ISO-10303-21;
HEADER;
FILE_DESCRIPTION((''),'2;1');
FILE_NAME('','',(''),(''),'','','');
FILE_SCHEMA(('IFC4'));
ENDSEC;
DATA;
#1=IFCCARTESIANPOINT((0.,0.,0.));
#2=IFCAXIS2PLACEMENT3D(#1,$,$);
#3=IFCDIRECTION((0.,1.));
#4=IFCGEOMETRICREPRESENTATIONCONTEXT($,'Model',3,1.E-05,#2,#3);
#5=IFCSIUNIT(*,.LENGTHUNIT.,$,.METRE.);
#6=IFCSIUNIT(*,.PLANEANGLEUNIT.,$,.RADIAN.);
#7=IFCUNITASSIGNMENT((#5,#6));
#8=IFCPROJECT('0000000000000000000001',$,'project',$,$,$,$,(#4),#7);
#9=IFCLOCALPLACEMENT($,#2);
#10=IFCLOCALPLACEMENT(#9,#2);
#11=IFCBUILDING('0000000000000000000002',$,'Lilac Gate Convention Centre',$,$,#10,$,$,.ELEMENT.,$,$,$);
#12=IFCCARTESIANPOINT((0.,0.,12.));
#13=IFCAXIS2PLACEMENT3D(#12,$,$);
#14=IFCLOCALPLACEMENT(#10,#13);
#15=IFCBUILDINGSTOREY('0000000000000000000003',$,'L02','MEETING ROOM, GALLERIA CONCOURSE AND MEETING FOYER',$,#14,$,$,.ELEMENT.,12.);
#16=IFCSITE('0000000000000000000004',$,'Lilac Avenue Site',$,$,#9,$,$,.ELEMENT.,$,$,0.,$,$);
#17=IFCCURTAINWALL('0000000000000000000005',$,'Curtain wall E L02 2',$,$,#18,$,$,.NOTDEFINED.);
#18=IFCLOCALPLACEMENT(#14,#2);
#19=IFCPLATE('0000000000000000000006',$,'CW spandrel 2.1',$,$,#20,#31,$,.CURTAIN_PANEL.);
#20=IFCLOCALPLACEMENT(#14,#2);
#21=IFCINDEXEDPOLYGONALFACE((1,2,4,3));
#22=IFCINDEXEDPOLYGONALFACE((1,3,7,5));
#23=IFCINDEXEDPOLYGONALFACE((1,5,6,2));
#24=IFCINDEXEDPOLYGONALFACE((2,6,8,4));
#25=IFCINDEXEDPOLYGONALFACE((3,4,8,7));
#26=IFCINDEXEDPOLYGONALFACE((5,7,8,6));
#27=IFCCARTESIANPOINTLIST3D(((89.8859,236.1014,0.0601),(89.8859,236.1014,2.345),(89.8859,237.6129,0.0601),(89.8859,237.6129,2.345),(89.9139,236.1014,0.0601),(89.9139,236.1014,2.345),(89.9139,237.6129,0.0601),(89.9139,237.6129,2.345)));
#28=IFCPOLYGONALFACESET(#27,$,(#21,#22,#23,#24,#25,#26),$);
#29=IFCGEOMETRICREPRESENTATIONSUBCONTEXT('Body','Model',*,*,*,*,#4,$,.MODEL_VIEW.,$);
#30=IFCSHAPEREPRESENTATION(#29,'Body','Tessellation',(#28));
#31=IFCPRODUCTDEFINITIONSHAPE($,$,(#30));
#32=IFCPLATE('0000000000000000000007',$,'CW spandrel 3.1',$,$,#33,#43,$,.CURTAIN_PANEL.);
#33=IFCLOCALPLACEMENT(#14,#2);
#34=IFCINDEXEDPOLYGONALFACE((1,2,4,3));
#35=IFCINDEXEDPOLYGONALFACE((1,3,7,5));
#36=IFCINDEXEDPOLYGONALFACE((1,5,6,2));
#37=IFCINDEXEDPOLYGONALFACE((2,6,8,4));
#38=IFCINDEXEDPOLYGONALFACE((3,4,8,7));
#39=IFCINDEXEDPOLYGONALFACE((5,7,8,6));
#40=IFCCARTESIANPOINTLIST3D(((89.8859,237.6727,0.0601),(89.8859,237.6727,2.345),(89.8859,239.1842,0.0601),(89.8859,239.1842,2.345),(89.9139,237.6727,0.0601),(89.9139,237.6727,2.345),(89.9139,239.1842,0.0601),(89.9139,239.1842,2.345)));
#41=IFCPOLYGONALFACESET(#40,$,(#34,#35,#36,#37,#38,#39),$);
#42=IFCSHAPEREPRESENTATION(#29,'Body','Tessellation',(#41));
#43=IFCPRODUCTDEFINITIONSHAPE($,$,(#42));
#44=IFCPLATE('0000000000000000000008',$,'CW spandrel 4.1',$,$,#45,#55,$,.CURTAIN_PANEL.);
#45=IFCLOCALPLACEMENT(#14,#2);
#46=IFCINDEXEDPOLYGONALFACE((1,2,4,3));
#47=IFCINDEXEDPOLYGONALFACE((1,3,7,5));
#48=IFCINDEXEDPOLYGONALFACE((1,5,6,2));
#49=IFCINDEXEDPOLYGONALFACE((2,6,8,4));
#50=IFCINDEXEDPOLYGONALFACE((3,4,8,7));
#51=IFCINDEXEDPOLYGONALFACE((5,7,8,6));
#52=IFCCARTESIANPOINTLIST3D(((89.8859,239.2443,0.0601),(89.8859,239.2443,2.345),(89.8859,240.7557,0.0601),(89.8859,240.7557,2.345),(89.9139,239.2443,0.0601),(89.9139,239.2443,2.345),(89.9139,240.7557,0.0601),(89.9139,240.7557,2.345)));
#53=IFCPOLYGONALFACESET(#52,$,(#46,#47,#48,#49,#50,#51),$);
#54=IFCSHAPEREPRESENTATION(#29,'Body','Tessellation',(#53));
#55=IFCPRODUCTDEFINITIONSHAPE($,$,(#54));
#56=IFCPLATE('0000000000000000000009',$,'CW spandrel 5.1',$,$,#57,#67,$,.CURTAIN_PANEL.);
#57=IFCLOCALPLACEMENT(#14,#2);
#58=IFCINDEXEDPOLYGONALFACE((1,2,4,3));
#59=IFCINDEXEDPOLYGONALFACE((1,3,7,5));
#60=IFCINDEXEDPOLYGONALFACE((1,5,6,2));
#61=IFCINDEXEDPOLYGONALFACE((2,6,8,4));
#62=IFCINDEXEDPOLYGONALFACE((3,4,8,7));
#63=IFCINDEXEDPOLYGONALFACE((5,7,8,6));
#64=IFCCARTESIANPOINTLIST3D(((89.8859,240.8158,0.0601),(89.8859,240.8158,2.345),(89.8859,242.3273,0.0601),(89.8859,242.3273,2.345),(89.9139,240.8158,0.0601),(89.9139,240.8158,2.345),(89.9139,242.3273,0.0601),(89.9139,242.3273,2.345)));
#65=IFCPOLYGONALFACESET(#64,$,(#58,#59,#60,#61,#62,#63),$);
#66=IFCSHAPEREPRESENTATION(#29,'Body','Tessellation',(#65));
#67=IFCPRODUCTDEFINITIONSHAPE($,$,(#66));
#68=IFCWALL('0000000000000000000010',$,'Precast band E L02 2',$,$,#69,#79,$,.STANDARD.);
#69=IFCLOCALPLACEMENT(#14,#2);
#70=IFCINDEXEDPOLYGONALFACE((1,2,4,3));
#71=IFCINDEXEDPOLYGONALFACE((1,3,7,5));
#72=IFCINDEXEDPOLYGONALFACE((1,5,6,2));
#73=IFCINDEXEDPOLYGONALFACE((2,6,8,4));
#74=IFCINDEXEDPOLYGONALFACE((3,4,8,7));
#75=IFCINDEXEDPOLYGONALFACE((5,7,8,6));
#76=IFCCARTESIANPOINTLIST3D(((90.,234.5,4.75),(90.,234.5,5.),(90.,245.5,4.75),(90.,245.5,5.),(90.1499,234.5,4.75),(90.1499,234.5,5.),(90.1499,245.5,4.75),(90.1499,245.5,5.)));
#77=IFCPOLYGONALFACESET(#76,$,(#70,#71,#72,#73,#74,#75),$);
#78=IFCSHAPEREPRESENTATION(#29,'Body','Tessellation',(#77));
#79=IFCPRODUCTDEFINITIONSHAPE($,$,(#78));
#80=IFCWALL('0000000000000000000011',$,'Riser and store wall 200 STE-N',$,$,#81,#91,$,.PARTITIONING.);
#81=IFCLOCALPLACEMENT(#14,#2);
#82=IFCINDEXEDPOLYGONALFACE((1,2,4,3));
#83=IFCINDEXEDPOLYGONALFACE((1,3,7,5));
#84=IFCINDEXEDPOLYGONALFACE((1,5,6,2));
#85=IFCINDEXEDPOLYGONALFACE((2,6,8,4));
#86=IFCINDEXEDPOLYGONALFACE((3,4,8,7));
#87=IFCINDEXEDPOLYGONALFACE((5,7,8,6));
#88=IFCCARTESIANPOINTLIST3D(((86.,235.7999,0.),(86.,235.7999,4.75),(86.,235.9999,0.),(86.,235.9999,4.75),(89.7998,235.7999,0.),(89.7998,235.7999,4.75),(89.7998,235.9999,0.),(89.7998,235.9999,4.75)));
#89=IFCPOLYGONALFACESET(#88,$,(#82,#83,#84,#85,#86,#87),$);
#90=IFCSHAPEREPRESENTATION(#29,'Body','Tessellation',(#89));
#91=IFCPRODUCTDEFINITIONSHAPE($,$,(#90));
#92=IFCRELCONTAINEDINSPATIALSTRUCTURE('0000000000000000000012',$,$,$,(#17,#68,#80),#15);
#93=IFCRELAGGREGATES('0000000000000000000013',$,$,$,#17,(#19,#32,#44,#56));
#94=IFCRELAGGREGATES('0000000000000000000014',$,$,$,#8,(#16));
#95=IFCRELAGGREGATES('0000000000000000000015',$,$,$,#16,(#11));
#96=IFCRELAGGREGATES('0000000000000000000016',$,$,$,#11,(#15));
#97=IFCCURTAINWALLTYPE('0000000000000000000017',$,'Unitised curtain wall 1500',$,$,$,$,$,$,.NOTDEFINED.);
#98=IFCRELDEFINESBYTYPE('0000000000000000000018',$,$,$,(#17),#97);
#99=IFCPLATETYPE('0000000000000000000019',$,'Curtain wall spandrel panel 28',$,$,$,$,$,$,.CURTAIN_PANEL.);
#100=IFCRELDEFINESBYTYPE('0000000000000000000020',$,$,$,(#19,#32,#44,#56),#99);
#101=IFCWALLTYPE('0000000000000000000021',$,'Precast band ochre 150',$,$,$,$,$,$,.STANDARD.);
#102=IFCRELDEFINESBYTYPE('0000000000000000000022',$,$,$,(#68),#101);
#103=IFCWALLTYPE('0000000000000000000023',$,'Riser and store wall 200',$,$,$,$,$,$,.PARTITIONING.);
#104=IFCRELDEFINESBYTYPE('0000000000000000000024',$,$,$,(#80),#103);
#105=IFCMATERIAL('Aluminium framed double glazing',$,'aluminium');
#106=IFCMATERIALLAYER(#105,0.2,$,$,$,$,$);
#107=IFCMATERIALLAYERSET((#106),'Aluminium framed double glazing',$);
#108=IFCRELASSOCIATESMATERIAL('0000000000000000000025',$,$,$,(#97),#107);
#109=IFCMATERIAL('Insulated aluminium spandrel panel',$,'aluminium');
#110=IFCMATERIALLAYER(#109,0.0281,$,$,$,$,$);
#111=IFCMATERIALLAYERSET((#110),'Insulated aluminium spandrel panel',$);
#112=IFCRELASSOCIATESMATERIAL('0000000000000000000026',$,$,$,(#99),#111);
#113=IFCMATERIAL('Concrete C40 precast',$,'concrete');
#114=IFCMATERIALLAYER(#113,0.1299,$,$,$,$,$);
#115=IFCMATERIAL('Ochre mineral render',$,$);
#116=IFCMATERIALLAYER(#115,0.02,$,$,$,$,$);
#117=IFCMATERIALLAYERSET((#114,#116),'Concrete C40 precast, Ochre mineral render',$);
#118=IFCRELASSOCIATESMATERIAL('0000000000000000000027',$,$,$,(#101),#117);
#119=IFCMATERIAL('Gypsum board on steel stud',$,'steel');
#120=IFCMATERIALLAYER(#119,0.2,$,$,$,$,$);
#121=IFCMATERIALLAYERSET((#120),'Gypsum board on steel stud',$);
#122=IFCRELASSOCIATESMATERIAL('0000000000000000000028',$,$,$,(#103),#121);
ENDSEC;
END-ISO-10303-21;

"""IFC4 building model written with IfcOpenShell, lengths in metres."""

from ifc_helpers import new_model, si_unit, direction, frame, frame_2d, origin, origin_2d, place, context, subcontext, project, spatial, rectangle, extrude, material, layer, layer_set, type_object, element, aggregate, save


model = new_model("IFC4")

# Units and contexts
model_context = context("Model", 3, precision=1e-05, world=origin(), true_north=direction((0.0, 1.0)))
body_context = subcontext(model_context, "Body", "Model", "MODEL_VIEW")
ifc_project = project(units=[si_unit("LENGTHUNIT", "METRE"), si_unit("PLANEANGLEUNIT", "RADIAN")], contexts=[model_context])

# Site, building, storey
site_placement = place(None, origin())
site = spatial("IfcSite", under=ifc_project, at=site_placement, Name="Lilac Avenue Site", CompositionType="ELEMENT", RefElevation=0.0)
building_placement = place(site_placement, origin())
building = spatial("IfcBuilding", under=site, at=building_placement, Name="Lilac Gate Convention Centre", CompositionType="ELEMENT")
storey_placement = place(building_placement, frame((0.0, 0.0, 12.0)))
storey = spatial("IfcBuildingStorey", under=building, at=storey_placement, Name="L02", Description="MEETING ROOM, GALLERIA CONCOURSE AND MEETING FOYER", CompositionType="ELEMENT", Elevation=12.0)

# Curtain wall
ifc_material_1 = material(Name="Aluminium framed double glazing", Category="aluminium")
ifc_layer_1 = layer(ifc_material_1, 0.2)
ifc_layer_set_1 = layer_set([ifc_layer_1], Name="Aluminium framed double glazing")
curtain_wall_type = type_object("IfcCurtainWallType", Name="Unitised curtain wall 1500", PredefinedType="NOTDEFINED", material=ifc_layer_set_1)
curtain_wall_placement = place(storey_placement, origin())
curtain_wall = element("IfcCurtainWall", 1, at=curtain_wall_placement, inside=storey, type_object=curtain_wall_type, Name="Curtain wall E L02 2", PredefinedType="NOTDEFINED")

# Plates
ifc_material_2 = material(Name="Insulated aluminium spandrel panel", Category="aluminium")
ifc_layer_2 = layer(ifc_material_2, 0.0281)
ifc_layer_set_2 = layer_set([ifc_layer_2], Name="Insulated aluminium spandrel panel")
plate_type_1 = type_object("IfcPlateType", Name="Curtain wall spandrel panel 28", PredefinedType="CURTAIN_PANEL", material=ifc_layer_set_2)
plate_1_placement = place(storey_placement, frame((89.8999, 236.8572, 0.0601), z_axis=(0.0, 0.0, 1.0), x_axis=(0.0, 1.0, 0.0)))
plate_1 = element("IfcPlate", 2, at=plate_1_placement, type_object=plate_type_1, Name="CW spandrel 2.1", PredefinedType="CURTAIN_PANEL", context=body_context, shape_type="SweptSolid", body=[
    extrude(rectangle(XDim=1.5115, YDim=0.0281, at=origin_2d()), origin(), (0.0, 0.0, 1.0), 2.2849),
])
plate_2_placement = place(storey_placement, frame((89.8999, 238.4285, 0.0601), z_axis=(0.0, 0.0, 1.0), x_axis=(0.0, 1.0, 0.0)))
plate_2 = element("IfcPlate", 3, at=plate_2_placement, type_object=plate_type_1, Name="CW spandrel 3.1", PredefinedType="CURTAIN_PANEL", context=body_context, shape_type="SweptSolid", body=[
    extrude(rectangle(XDim=1.5115, YDim=0.0281, at=origin_2d()), origin(), (0.0, 0.0, 1.0), 2.2849),
])
plate_3_placement = place(storey_placement, frame((89.8999, 240.0, 0.0601), z_axis=(0.0, 0.0, 1.0), x_axis=(0.0, 1.0, 0.0)))
plate_3 = element("IfcPlate", 4, at=plate_3_placement, type_object=plate_type_1, Name="CW spandrel 4.1", PredefinedType="CURTAIN_PANEL", context=body_context, shape_type="SweptSolid", body=[
    extrude(rectangle(XDim=1.5115, YDim=0.0281, at=origin_2d()), origin(), (0.0, 0.0, 1.0), 2.2849),
])
plate_4_placement = place(storey_placement, frame((89.8999, 241.5715, 0.0601), z_axis=(0.0, 0.0, 1.0), x_axis=(0.0, 1.0, 0.0)))
plate_4 = element("IfcPlate", 5, at=plate_4_placement, type_object=plate_type_1, Name="CW spandrel 5.1", PredefinedType="CURTAIN_PANEL", context=body_context, shape_type="SweptSolid", body=[
    extrude(rectangle(XDim=1.5115, YDim=0.0281, at=origin_2d()), origin(), (0.0, 0.0, 1.0), 2.2849),
])
aggregate(curtain_wall, [plate_1, plate_2, plate_3, plate_4])

# Walls
ifc_material_3 = material(Name="Concrete C40 precast", Category="concrete")
ifc_layer_3 = layer(ifc_material_3, 0.1299)
ifc_material_4 = material(Name="Ochre mineral render")
ifc_layer_4 = layer(ifc_material_4, 0.02)
ifc_layer_set_3 = layer_set([ifc_layer_3, ifc_layer_4], Name="Concrete C40 precast, Ochre mineral render")
wall_type_1 = type_object("IfcWallType", Name="Precast band ochre 150", PredefinedType="STANDARD", material=ifc_layer_set_3)
wall_1_placement = place(storey_placement, frame((90.075, 234.5, 4.75), z_axis=(0.0, 0.0, 1.0), x_axis=(0.0, 1.0, 0.0)))
element("IfcWall", 6, at=wall_1_placement, inside=storey, type_object=wall_type_1, Name="Precast band E L02 2", PredefinedType="STANDARD", context=body_context, shape_type="SweptSolid", body=[
    extrude(rectangle(XDim=11.0, YDim=0.1499, at=frame_2d((5.5, 0.0))), origin(), (0.0, 0.0, 1.0), 0.25),
])
ifc_material_5 = material(Name="Gypsum board on steel stud", Category="steel")
ifc_layer_5 = layer(ifc_material_5, 0.2)
ifc_layer_set_4 = layer_set([ifc_layer_5], Name="Gypsum board on steel stud")
wall_type_2 = type_object("IfcWallType", Name="Riser and store wall 200", PredefinedType="PARTITIONING", material=ifc_layer_set_4)
wall_2_placement = place(storey_placement, frame((86.0, 235.8999, 0.0), z_axis=(0.0, 0.0, 1.0), x_axis=(1.0, 0.0, 0.0)))
element("IfcWall", 7, at=wall_2_placement, inside=storey, type_object=wall_type_2, Name="Riser and store wall 200 STE-N", PredefinedType="PARTITIONING", context=body_context, shape_type="SweptSolid", body=[
    extrude(rectangle(XDim=3.7998, YDim=0.2, at=frame_2d((1.8999, 0.0))), origin(), (0.0, 0.0, 1.0), 4.75),
])

save(model, "model.ifc")
